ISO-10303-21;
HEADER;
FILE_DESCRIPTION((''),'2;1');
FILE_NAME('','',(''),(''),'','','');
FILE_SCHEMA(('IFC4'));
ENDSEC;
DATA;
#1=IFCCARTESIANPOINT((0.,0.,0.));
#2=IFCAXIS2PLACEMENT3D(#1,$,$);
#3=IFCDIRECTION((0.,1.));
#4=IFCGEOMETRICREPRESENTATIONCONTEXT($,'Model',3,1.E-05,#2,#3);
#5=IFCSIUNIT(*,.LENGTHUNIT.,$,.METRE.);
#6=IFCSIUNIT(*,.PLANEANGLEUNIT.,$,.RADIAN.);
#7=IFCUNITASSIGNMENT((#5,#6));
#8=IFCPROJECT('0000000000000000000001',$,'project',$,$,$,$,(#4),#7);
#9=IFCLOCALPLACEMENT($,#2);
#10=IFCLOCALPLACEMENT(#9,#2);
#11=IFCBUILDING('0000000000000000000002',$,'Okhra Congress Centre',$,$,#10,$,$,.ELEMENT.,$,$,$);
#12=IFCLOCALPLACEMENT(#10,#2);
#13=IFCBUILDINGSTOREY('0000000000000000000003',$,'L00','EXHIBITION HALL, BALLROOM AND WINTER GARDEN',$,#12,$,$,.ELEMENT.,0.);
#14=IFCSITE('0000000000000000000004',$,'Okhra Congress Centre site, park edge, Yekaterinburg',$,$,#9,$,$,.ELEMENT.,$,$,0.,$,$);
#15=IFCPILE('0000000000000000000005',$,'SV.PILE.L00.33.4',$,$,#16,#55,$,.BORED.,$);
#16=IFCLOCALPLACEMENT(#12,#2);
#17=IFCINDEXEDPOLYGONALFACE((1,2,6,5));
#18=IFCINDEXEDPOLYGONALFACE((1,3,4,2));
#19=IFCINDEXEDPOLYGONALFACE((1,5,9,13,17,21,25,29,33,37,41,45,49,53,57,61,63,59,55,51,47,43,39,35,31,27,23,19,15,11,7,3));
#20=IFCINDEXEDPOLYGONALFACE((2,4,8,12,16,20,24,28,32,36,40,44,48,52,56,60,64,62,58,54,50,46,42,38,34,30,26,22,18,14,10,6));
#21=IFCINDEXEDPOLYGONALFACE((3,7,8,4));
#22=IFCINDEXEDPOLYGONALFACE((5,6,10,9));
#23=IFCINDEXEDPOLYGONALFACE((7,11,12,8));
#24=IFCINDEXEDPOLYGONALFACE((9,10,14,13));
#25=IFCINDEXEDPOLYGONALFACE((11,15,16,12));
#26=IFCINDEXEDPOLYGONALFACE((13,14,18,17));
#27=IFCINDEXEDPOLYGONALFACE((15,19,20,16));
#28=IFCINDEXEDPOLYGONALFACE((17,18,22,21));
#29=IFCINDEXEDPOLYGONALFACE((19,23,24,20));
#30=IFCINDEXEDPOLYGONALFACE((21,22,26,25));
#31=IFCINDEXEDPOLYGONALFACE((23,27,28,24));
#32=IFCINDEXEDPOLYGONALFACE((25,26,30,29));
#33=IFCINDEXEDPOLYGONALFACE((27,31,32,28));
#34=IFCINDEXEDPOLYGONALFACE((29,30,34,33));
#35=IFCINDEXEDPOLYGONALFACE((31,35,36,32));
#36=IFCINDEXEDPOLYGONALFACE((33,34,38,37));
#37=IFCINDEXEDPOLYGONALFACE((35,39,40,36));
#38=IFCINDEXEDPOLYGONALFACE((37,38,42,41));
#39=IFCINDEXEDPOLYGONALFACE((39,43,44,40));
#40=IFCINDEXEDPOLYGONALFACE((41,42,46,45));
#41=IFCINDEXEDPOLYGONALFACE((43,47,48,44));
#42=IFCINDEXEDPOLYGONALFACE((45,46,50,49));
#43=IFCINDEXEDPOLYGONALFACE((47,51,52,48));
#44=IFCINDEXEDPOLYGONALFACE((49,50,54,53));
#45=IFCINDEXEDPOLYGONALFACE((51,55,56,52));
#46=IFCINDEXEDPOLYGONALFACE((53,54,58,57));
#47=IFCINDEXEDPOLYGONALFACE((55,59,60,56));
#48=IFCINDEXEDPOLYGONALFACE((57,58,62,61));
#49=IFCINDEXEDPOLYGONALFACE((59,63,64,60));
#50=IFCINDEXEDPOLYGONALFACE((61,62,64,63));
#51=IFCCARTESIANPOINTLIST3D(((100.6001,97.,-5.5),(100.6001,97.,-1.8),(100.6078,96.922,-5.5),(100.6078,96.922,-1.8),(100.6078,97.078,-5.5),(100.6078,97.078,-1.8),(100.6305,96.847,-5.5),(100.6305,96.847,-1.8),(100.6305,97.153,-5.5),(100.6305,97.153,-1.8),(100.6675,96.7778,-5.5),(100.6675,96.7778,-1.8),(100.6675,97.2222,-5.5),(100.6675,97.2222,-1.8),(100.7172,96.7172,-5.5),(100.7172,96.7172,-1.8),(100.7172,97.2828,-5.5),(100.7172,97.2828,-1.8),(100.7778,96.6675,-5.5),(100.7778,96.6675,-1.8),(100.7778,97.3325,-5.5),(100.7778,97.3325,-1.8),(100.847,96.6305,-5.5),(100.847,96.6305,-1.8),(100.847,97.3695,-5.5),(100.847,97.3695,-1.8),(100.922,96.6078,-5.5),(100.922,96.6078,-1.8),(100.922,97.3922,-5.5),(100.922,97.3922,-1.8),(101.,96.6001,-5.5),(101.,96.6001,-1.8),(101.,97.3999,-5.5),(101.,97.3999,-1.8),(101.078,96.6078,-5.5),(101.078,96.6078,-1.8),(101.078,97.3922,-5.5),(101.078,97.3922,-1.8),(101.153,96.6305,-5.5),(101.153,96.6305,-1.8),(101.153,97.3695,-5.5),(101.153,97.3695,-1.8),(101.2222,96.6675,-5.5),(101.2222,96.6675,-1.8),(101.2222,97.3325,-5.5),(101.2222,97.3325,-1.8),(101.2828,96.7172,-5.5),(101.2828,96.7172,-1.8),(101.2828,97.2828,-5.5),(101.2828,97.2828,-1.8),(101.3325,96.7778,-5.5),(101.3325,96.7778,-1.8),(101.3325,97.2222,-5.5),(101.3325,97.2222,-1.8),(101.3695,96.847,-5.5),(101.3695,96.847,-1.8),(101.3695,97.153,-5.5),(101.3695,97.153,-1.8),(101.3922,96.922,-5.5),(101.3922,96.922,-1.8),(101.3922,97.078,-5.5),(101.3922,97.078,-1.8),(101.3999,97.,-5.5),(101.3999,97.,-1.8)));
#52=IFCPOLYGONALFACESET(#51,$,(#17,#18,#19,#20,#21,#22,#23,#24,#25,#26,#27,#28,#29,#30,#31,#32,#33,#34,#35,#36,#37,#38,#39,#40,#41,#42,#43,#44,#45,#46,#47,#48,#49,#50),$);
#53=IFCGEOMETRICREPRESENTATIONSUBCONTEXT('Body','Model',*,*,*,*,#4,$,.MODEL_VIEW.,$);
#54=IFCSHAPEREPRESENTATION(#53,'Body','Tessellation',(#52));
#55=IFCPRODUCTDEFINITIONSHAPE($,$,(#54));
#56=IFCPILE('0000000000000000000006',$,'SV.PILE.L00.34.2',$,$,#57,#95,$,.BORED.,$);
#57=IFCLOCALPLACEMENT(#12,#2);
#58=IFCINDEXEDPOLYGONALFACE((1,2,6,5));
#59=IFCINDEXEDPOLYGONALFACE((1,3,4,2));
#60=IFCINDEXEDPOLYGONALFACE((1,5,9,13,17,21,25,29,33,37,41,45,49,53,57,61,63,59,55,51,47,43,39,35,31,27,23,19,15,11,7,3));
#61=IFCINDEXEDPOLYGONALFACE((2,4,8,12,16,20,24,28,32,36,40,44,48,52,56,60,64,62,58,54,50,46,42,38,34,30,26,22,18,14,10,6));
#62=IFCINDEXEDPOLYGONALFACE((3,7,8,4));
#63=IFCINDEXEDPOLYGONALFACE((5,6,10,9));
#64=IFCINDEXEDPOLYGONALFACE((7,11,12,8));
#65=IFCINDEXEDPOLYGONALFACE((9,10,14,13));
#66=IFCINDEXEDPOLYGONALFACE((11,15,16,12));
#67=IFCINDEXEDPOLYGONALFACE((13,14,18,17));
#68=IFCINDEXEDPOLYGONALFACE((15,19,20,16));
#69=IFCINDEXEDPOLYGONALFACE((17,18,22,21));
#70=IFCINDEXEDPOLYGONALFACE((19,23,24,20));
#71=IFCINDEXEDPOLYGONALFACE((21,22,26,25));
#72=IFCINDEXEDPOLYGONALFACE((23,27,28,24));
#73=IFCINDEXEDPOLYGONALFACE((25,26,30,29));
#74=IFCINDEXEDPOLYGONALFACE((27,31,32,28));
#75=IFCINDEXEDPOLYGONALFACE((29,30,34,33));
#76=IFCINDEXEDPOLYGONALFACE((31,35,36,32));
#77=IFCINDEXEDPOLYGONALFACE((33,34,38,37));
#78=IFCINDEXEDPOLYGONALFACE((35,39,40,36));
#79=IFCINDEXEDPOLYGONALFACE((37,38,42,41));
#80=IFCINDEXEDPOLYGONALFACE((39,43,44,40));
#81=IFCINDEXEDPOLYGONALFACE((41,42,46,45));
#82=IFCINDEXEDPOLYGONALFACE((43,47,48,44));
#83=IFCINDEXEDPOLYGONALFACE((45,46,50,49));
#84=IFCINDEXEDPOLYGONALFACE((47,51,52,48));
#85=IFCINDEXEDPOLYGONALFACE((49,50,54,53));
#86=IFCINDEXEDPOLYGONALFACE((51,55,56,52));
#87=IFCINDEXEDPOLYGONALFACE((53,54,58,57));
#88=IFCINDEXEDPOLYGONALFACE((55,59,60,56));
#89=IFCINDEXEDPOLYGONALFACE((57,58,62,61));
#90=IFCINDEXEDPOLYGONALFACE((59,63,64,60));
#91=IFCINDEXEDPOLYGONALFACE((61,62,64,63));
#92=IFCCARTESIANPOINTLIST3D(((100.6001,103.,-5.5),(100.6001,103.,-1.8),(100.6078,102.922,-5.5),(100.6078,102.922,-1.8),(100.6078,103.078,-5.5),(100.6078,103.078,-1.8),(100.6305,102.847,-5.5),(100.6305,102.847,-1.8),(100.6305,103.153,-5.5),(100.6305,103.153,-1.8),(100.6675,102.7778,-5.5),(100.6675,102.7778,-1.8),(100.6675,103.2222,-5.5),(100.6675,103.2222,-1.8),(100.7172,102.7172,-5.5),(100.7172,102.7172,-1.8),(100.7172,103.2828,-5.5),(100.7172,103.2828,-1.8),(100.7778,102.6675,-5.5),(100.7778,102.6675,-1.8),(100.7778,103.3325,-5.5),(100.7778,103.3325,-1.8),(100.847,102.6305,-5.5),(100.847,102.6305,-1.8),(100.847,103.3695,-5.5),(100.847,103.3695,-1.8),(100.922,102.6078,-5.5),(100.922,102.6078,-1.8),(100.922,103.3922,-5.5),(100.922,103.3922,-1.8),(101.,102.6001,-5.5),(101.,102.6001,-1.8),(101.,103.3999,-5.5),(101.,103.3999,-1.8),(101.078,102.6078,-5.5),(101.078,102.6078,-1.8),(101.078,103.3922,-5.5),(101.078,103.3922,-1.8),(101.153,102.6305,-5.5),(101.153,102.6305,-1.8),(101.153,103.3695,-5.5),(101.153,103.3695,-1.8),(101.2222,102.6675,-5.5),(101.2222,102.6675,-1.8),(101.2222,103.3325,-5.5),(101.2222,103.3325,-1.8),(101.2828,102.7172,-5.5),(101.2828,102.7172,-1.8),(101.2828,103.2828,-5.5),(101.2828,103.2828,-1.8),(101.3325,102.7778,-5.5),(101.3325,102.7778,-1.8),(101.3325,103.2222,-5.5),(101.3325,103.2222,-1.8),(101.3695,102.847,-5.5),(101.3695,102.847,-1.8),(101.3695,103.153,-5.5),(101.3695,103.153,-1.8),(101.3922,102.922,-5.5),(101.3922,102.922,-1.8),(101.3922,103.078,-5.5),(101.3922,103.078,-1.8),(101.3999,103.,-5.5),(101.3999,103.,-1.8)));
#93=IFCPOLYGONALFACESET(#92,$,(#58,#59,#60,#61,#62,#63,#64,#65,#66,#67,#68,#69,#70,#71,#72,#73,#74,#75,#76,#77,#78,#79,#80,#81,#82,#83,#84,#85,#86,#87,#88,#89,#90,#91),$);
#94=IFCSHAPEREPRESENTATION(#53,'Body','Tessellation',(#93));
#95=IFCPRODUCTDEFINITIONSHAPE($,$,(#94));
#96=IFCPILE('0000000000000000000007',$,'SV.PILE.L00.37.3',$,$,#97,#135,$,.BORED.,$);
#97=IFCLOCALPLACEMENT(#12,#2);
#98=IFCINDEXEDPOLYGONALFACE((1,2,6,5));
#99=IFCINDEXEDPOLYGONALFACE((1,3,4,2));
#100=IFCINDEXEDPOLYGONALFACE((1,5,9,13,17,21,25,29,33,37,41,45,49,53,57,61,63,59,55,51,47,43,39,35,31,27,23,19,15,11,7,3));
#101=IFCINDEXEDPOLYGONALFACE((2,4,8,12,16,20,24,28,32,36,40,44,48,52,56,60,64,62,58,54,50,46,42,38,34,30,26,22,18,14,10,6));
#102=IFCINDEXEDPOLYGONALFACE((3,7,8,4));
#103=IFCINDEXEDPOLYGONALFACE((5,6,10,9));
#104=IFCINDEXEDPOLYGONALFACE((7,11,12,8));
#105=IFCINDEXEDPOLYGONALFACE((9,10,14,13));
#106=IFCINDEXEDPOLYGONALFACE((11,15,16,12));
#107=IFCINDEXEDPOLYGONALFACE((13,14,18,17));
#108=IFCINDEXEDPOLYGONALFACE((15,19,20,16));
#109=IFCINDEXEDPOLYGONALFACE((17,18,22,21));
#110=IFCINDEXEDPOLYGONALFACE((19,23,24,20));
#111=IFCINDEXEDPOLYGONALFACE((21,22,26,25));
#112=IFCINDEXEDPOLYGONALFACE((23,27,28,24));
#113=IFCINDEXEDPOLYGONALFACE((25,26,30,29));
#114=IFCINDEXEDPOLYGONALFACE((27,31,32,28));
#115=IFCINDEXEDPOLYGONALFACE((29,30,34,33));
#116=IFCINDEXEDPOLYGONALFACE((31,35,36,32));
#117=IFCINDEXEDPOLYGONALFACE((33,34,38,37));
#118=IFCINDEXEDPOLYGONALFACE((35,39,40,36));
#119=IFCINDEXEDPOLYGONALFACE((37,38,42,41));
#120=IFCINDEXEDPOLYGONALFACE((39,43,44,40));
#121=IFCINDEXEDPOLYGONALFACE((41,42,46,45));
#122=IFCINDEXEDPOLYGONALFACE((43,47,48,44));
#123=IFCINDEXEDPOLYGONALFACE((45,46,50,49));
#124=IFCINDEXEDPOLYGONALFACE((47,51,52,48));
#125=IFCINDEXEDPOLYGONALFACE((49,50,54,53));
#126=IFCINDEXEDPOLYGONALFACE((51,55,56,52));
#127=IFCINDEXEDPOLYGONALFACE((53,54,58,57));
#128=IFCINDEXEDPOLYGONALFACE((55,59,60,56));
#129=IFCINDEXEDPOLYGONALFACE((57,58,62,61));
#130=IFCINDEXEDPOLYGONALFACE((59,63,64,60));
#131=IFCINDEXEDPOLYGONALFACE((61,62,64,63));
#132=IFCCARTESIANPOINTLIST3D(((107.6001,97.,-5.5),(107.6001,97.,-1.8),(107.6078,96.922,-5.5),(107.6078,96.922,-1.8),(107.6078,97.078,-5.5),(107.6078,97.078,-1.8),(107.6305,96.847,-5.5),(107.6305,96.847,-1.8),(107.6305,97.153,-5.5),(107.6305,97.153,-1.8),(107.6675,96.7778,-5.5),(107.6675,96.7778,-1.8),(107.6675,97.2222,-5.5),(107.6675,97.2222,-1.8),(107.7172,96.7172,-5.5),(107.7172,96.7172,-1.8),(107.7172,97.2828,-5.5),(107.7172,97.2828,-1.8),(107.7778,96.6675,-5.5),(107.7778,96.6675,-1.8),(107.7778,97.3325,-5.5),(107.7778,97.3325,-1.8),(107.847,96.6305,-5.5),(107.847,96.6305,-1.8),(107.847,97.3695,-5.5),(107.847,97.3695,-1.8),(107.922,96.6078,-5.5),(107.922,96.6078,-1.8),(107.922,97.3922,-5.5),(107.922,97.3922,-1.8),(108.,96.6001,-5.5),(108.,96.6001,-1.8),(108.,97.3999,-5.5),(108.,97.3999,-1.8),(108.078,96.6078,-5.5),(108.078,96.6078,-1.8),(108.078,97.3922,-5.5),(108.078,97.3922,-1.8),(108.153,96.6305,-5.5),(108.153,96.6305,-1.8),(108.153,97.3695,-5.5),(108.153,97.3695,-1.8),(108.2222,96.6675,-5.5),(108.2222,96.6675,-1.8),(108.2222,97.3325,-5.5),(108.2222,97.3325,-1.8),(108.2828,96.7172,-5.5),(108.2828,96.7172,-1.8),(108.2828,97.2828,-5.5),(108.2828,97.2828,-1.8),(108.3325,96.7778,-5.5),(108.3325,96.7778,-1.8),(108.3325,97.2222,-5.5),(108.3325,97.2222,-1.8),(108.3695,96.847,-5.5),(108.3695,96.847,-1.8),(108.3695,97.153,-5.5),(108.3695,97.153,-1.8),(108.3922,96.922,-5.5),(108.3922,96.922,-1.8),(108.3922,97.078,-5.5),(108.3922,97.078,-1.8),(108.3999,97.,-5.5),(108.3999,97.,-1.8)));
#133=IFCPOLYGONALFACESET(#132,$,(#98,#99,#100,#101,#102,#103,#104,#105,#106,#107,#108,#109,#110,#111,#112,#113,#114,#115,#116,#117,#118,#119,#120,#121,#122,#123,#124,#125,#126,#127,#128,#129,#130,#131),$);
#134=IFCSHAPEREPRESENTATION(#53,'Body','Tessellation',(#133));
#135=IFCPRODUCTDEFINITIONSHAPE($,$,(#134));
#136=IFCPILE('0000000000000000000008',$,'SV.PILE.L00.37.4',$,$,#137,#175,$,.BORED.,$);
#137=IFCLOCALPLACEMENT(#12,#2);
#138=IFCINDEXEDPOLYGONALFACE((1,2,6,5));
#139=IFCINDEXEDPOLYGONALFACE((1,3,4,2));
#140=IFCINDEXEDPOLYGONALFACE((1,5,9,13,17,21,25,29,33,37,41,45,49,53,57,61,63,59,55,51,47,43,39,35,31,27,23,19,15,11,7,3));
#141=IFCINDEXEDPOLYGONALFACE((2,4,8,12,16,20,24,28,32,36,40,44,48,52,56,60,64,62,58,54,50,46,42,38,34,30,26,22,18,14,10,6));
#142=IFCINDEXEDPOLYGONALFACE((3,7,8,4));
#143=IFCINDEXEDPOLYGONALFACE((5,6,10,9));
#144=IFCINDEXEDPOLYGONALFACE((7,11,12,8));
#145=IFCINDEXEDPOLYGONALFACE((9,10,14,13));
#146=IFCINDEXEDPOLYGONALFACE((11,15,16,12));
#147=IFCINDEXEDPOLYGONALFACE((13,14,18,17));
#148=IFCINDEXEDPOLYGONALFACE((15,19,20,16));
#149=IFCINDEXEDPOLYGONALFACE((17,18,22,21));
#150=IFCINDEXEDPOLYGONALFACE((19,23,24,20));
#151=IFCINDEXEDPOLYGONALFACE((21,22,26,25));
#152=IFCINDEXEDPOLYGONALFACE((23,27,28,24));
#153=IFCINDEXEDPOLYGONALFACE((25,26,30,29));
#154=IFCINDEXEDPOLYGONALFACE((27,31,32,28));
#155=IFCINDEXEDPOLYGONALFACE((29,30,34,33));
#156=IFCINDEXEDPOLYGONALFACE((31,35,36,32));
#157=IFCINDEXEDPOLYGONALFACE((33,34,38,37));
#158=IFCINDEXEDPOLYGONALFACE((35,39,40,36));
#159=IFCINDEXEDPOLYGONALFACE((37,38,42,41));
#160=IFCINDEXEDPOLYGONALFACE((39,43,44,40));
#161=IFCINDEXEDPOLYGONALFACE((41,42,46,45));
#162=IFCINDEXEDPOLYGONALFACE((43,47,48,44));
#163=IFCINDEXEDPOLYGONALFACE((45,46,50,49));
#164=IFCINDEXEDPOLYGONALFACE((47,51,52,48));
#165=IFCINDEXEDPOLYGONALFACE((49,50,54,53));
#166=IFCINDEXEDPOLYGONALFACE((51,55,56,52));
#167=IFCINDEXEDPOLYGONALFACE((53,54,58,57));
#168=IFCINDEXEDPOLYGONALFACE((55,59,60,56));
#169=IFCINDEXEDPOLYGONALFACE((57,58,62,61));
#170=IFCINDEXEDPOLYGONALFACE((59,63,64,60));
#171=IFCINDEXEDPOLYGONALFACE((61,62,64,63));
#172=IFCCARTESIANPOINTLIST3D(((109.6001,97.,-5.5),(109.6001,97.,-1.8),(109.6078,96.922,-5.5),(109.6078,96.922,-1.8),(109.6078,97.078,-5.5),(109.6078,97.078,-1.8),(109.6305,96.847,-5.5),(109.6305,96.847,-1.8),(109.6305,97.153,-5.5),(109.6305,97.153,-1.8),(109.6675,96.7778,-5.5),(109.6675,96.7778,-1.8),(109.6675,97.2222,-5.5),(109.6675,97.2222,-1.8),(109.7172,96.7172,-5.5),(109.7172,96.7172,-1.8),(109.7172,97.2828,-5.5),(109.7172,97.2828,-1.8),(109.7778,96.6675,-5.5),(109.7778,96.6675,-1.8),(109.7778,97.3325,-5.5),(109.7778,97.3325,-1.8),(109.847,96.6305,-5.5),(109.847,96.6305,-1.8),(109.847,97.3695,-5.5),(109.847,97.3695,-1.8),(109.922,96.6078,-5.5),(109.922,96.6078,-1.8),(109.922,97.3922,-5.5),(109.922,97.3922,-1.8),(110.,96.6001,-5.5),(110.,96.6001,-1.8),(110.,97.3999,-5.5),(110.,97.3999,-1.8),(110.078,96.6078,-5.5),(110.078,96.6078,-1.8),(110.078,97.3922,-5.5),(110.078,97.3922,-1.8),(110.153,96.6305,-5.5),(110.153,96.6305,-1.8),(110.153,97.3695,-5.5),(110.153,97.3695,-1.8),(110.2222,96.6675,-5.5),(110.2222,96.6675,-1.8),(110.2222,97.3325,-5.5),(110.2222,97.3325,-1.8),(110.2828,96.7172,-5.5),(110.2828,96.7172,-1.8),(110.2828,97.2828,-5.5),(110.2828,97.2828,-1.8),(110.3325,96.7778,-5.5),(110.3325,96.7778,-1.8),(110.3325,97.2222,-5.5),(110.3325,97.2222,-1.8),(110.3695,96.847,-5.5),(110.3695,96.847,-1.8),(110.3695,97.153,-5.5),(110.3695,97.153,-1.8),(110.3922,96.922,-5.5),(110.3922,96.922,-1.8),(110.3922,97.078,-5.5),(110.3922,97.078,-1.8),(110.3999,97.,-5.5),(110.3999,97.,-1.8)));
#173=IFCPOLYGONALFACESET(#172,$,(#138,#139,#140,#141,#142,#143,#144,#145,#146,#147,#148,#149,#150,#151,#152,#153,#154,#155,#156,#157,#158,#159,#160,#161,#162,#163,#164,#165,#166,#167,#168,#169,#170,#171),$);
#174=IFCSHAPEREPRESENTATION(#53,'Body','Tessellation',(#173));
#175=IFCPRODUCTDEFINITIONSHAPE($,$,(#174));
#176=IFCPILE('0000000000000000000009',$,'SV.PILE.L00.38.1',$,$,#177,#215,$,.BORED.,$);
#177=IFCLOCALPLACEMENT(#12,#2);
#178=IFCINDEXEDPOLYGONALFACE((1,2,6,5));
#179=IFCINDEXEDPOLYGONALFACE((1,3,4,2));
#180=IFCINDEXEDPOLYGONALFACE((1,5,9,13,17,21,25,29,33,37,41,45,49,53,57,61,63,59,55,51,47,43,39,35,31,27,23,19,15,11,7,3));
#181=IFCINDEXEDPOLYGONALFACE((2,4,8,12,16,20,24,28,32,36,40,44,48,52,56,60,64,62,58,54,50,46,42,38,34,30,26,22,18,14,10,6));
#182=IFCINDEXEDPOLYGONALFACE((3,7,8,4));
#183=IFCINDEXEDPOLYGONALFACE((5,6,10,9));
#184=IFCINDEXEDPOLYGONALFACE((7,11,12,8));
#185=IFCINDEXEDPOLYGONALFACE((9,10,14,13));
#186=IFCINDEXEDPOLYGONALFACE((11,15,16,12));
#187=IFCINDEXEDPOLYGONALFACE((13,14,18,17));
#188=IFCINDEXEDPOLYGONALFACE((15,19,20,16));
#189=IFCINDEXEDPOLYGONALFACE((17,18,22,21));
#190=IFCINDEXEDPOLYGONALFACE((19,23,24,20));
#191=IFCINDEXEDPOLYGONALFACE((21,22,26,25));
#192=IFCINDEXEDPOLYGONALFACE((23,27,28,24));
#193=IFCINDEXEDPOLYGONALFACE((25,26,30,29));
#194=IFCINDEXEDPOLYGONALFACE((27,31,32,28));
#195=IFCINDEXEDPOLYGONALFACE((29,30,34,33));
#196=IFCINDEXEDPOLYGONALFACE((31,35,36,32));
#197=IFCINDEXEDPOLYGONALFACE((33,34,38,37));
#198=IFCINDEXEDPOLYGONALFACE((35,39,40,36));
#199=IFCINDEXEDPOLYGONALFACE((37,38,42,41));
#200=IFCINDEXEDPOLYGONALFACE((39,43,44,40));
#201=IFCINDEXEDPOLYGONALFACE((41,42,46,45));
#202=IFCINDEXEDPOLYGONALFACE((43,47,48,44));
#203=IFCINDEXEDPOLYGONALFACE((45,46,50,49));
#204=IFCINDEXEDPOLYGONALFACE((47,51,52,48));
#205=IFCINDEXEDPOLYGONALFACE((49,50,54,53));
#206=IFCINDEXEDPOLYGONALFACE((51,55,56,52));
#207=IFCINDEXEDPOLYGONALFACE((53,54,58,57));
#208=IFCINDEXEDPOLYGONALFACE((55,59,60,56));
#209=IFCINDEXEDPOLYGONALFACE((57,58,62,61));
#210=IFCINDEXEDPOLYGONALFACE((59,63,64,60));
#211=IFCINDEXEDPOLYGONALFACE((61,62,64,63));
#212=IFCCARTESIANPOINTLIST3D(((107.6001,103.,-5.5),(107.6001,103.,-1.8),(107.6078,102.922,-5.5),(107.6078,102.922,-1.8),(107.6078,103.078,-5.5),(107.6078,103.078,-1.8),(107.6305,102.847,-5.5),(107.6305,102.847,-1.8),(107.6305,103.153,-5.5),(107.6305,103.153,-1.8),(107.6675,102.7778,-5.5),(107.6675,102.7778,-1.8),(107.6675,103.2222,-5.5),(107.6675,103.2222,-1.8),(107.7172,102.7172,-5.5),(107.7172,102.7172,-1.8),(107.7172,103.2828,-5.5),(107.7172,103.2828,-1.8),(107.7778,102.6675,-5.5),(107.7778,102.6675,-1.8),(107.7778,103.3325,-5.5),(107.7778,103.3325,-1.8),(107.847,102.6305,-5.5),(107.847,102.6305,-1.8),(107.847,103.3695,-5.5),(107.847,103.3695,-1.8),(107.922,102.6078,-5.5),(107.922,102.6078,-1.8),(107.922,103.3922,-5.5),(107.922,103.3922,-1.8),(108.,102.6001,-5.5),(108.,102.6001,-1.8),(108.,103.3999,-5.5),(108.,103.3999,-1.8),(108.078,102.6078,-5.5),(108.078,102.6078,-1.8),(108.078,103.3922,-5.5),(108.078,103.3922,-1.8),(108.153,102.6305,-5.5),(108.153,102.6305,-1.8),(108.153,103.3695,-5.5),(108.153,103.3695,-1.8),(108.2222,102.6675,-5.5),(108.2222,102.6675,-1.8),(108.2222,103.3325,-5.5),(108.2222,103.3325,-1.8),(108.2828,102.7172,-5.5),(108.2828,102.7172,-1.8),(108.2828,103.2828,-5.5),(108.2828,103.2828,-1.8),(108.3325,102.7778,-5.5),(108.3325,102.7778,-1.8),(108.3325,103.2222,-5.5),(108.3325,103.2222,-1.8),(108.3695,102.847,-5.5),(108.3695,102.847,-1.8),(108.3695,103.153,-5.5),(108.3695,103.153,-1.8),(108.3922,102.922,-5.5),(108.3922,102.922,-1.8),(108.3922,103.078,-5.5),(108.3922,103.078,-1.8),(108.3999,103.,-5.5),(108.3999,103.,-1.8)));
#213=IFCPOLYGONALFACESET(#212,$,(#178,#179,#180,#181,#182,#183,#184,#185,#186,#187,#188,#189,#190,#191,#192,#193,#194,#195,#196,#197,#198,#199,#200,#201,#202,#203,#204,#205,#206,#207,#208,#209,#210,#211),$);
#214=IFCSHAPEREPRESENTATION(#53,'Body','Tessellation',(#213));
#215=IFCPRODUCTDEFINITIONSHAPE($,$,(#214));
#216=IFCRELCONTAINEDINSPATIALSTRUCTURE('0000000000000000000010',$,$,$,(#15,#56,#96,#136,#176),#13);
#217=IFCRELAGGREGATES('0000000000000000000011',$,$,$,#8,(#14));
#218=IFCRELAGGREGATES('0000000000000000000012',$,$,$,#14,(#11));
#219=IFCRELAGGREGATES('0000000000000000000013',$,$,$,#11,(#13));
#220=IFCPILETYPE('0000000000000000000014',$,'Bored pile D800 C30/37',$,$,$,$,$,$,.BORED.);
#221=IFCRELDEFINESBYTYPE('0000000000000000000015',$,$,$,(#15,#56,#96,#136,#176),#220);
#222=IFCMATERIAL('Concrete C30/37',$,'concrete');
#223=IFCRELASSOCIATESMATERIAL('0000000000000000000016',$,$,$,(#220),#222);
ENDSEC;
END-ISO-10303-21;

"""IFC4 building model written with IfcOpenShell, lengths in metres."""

from ifc_helpers import new_model, si_unit, direction, frame, origin, origin_2d, place, context, subcontext, project, spatial, circle, extrude, material, material_profile, profile_set, type_object, element, save


model = new_model("IFC4")

# Units and contexts
model_context = context("Model", 3, precision=1e-05, world=origin(), true_north=direction((0.0, 1.0)))
body_context = subcontext(model_context, "Body", "Model", "MODEL_VIEW")
ifc_project = project(units=[si_unit("LENGTHUNIT", "METRE"), si_unit("PLANEANGLEUNIT", "RADIAN")], contexts=[model_context])

# Site, building, storey
site_placement = place(None, origin())
site = spatial("IfcSite", under=ifc_project, at=site_placement, Name="Okhra Congress Centre site, park edge, Yekaterinburg", CompositionType="ELEMENT", RefElevation=0.0)
building_placement = place(site_placement, origin())
building = spatial("IfcBuilding", under=site, at=building_placement, Name="Okhra Congress Centre", CompositionType="ELEMENT")
storey_placement = place(building_placement, origin())
storey = spatial("IfcBuildingStorey", under=building, at=storey_placement, Name="L00", Description="EXHIBITION HALL, BALLROOM AND WINTER GARDEN", CompositionType="ELEMENT", Elevation=0.0)

# Piles
ifc_material_1 = material(Name="Concrete C30/37", Category="concrete")
ifc_material_profile_1 = material_profile(ifc_material_1, circle(Radius=0.3999, at=origin_2d()), Name="D800")
ifc_profile_set_1 = profile_set([ifc_material_profile_1], Name="Concrete C30/37")
pile_type = type_object("IfcPileType", Name="Bored pile D800 C30/37", PredefinedType="BORED", material=ifc_profile_set_1)
for number, where, z_axis, x_axis, name in (
    (1, (101.0, 97.0, -1.8), (0.0, 0.0, -1.0), (1.0, 0.0, 0.0), "SV.PILE.L00.33.4"),
    (2, (101.0, 103.0, -1.8), (0.0, 0.0, -1.0), (1.0, 0.0, 0.0), "SV.PILE.L00.34.2"),
    (3, (108.0, 97.0, -1.8), (0.0, 0.0, -1.0), (1.0, 0.0, 0.0), "SV.PILE.L00.37.3"),
    (4, (110.0, 97.0, -1.8), (0.0, 0.0, -1.0), (1.0, 0.0, 0.0), "SV.PILE.L00.37.4"),
    (5, (108.0, 103.0, -1.8), (0.0, 0.0, -1.0), (1.0, 0.0, 0.0), "SV.PILE.L00.38.1"),
):
    element("IfcPile", number, at=place(storey_placement, frame(where, z_axis=z_axis, x_axis=x_axis)), inside=storey, type_object=pile_type, Name=name, PredefinedType="BORED", context=body_context, shape_type="SweptSolid", body=[
        extrude(circle(Radius=0.3999, at=origin_2d()), origin(), (0.0, 0.0, 1.0), 3.7),
    ])

save(model, "model.ifc")
